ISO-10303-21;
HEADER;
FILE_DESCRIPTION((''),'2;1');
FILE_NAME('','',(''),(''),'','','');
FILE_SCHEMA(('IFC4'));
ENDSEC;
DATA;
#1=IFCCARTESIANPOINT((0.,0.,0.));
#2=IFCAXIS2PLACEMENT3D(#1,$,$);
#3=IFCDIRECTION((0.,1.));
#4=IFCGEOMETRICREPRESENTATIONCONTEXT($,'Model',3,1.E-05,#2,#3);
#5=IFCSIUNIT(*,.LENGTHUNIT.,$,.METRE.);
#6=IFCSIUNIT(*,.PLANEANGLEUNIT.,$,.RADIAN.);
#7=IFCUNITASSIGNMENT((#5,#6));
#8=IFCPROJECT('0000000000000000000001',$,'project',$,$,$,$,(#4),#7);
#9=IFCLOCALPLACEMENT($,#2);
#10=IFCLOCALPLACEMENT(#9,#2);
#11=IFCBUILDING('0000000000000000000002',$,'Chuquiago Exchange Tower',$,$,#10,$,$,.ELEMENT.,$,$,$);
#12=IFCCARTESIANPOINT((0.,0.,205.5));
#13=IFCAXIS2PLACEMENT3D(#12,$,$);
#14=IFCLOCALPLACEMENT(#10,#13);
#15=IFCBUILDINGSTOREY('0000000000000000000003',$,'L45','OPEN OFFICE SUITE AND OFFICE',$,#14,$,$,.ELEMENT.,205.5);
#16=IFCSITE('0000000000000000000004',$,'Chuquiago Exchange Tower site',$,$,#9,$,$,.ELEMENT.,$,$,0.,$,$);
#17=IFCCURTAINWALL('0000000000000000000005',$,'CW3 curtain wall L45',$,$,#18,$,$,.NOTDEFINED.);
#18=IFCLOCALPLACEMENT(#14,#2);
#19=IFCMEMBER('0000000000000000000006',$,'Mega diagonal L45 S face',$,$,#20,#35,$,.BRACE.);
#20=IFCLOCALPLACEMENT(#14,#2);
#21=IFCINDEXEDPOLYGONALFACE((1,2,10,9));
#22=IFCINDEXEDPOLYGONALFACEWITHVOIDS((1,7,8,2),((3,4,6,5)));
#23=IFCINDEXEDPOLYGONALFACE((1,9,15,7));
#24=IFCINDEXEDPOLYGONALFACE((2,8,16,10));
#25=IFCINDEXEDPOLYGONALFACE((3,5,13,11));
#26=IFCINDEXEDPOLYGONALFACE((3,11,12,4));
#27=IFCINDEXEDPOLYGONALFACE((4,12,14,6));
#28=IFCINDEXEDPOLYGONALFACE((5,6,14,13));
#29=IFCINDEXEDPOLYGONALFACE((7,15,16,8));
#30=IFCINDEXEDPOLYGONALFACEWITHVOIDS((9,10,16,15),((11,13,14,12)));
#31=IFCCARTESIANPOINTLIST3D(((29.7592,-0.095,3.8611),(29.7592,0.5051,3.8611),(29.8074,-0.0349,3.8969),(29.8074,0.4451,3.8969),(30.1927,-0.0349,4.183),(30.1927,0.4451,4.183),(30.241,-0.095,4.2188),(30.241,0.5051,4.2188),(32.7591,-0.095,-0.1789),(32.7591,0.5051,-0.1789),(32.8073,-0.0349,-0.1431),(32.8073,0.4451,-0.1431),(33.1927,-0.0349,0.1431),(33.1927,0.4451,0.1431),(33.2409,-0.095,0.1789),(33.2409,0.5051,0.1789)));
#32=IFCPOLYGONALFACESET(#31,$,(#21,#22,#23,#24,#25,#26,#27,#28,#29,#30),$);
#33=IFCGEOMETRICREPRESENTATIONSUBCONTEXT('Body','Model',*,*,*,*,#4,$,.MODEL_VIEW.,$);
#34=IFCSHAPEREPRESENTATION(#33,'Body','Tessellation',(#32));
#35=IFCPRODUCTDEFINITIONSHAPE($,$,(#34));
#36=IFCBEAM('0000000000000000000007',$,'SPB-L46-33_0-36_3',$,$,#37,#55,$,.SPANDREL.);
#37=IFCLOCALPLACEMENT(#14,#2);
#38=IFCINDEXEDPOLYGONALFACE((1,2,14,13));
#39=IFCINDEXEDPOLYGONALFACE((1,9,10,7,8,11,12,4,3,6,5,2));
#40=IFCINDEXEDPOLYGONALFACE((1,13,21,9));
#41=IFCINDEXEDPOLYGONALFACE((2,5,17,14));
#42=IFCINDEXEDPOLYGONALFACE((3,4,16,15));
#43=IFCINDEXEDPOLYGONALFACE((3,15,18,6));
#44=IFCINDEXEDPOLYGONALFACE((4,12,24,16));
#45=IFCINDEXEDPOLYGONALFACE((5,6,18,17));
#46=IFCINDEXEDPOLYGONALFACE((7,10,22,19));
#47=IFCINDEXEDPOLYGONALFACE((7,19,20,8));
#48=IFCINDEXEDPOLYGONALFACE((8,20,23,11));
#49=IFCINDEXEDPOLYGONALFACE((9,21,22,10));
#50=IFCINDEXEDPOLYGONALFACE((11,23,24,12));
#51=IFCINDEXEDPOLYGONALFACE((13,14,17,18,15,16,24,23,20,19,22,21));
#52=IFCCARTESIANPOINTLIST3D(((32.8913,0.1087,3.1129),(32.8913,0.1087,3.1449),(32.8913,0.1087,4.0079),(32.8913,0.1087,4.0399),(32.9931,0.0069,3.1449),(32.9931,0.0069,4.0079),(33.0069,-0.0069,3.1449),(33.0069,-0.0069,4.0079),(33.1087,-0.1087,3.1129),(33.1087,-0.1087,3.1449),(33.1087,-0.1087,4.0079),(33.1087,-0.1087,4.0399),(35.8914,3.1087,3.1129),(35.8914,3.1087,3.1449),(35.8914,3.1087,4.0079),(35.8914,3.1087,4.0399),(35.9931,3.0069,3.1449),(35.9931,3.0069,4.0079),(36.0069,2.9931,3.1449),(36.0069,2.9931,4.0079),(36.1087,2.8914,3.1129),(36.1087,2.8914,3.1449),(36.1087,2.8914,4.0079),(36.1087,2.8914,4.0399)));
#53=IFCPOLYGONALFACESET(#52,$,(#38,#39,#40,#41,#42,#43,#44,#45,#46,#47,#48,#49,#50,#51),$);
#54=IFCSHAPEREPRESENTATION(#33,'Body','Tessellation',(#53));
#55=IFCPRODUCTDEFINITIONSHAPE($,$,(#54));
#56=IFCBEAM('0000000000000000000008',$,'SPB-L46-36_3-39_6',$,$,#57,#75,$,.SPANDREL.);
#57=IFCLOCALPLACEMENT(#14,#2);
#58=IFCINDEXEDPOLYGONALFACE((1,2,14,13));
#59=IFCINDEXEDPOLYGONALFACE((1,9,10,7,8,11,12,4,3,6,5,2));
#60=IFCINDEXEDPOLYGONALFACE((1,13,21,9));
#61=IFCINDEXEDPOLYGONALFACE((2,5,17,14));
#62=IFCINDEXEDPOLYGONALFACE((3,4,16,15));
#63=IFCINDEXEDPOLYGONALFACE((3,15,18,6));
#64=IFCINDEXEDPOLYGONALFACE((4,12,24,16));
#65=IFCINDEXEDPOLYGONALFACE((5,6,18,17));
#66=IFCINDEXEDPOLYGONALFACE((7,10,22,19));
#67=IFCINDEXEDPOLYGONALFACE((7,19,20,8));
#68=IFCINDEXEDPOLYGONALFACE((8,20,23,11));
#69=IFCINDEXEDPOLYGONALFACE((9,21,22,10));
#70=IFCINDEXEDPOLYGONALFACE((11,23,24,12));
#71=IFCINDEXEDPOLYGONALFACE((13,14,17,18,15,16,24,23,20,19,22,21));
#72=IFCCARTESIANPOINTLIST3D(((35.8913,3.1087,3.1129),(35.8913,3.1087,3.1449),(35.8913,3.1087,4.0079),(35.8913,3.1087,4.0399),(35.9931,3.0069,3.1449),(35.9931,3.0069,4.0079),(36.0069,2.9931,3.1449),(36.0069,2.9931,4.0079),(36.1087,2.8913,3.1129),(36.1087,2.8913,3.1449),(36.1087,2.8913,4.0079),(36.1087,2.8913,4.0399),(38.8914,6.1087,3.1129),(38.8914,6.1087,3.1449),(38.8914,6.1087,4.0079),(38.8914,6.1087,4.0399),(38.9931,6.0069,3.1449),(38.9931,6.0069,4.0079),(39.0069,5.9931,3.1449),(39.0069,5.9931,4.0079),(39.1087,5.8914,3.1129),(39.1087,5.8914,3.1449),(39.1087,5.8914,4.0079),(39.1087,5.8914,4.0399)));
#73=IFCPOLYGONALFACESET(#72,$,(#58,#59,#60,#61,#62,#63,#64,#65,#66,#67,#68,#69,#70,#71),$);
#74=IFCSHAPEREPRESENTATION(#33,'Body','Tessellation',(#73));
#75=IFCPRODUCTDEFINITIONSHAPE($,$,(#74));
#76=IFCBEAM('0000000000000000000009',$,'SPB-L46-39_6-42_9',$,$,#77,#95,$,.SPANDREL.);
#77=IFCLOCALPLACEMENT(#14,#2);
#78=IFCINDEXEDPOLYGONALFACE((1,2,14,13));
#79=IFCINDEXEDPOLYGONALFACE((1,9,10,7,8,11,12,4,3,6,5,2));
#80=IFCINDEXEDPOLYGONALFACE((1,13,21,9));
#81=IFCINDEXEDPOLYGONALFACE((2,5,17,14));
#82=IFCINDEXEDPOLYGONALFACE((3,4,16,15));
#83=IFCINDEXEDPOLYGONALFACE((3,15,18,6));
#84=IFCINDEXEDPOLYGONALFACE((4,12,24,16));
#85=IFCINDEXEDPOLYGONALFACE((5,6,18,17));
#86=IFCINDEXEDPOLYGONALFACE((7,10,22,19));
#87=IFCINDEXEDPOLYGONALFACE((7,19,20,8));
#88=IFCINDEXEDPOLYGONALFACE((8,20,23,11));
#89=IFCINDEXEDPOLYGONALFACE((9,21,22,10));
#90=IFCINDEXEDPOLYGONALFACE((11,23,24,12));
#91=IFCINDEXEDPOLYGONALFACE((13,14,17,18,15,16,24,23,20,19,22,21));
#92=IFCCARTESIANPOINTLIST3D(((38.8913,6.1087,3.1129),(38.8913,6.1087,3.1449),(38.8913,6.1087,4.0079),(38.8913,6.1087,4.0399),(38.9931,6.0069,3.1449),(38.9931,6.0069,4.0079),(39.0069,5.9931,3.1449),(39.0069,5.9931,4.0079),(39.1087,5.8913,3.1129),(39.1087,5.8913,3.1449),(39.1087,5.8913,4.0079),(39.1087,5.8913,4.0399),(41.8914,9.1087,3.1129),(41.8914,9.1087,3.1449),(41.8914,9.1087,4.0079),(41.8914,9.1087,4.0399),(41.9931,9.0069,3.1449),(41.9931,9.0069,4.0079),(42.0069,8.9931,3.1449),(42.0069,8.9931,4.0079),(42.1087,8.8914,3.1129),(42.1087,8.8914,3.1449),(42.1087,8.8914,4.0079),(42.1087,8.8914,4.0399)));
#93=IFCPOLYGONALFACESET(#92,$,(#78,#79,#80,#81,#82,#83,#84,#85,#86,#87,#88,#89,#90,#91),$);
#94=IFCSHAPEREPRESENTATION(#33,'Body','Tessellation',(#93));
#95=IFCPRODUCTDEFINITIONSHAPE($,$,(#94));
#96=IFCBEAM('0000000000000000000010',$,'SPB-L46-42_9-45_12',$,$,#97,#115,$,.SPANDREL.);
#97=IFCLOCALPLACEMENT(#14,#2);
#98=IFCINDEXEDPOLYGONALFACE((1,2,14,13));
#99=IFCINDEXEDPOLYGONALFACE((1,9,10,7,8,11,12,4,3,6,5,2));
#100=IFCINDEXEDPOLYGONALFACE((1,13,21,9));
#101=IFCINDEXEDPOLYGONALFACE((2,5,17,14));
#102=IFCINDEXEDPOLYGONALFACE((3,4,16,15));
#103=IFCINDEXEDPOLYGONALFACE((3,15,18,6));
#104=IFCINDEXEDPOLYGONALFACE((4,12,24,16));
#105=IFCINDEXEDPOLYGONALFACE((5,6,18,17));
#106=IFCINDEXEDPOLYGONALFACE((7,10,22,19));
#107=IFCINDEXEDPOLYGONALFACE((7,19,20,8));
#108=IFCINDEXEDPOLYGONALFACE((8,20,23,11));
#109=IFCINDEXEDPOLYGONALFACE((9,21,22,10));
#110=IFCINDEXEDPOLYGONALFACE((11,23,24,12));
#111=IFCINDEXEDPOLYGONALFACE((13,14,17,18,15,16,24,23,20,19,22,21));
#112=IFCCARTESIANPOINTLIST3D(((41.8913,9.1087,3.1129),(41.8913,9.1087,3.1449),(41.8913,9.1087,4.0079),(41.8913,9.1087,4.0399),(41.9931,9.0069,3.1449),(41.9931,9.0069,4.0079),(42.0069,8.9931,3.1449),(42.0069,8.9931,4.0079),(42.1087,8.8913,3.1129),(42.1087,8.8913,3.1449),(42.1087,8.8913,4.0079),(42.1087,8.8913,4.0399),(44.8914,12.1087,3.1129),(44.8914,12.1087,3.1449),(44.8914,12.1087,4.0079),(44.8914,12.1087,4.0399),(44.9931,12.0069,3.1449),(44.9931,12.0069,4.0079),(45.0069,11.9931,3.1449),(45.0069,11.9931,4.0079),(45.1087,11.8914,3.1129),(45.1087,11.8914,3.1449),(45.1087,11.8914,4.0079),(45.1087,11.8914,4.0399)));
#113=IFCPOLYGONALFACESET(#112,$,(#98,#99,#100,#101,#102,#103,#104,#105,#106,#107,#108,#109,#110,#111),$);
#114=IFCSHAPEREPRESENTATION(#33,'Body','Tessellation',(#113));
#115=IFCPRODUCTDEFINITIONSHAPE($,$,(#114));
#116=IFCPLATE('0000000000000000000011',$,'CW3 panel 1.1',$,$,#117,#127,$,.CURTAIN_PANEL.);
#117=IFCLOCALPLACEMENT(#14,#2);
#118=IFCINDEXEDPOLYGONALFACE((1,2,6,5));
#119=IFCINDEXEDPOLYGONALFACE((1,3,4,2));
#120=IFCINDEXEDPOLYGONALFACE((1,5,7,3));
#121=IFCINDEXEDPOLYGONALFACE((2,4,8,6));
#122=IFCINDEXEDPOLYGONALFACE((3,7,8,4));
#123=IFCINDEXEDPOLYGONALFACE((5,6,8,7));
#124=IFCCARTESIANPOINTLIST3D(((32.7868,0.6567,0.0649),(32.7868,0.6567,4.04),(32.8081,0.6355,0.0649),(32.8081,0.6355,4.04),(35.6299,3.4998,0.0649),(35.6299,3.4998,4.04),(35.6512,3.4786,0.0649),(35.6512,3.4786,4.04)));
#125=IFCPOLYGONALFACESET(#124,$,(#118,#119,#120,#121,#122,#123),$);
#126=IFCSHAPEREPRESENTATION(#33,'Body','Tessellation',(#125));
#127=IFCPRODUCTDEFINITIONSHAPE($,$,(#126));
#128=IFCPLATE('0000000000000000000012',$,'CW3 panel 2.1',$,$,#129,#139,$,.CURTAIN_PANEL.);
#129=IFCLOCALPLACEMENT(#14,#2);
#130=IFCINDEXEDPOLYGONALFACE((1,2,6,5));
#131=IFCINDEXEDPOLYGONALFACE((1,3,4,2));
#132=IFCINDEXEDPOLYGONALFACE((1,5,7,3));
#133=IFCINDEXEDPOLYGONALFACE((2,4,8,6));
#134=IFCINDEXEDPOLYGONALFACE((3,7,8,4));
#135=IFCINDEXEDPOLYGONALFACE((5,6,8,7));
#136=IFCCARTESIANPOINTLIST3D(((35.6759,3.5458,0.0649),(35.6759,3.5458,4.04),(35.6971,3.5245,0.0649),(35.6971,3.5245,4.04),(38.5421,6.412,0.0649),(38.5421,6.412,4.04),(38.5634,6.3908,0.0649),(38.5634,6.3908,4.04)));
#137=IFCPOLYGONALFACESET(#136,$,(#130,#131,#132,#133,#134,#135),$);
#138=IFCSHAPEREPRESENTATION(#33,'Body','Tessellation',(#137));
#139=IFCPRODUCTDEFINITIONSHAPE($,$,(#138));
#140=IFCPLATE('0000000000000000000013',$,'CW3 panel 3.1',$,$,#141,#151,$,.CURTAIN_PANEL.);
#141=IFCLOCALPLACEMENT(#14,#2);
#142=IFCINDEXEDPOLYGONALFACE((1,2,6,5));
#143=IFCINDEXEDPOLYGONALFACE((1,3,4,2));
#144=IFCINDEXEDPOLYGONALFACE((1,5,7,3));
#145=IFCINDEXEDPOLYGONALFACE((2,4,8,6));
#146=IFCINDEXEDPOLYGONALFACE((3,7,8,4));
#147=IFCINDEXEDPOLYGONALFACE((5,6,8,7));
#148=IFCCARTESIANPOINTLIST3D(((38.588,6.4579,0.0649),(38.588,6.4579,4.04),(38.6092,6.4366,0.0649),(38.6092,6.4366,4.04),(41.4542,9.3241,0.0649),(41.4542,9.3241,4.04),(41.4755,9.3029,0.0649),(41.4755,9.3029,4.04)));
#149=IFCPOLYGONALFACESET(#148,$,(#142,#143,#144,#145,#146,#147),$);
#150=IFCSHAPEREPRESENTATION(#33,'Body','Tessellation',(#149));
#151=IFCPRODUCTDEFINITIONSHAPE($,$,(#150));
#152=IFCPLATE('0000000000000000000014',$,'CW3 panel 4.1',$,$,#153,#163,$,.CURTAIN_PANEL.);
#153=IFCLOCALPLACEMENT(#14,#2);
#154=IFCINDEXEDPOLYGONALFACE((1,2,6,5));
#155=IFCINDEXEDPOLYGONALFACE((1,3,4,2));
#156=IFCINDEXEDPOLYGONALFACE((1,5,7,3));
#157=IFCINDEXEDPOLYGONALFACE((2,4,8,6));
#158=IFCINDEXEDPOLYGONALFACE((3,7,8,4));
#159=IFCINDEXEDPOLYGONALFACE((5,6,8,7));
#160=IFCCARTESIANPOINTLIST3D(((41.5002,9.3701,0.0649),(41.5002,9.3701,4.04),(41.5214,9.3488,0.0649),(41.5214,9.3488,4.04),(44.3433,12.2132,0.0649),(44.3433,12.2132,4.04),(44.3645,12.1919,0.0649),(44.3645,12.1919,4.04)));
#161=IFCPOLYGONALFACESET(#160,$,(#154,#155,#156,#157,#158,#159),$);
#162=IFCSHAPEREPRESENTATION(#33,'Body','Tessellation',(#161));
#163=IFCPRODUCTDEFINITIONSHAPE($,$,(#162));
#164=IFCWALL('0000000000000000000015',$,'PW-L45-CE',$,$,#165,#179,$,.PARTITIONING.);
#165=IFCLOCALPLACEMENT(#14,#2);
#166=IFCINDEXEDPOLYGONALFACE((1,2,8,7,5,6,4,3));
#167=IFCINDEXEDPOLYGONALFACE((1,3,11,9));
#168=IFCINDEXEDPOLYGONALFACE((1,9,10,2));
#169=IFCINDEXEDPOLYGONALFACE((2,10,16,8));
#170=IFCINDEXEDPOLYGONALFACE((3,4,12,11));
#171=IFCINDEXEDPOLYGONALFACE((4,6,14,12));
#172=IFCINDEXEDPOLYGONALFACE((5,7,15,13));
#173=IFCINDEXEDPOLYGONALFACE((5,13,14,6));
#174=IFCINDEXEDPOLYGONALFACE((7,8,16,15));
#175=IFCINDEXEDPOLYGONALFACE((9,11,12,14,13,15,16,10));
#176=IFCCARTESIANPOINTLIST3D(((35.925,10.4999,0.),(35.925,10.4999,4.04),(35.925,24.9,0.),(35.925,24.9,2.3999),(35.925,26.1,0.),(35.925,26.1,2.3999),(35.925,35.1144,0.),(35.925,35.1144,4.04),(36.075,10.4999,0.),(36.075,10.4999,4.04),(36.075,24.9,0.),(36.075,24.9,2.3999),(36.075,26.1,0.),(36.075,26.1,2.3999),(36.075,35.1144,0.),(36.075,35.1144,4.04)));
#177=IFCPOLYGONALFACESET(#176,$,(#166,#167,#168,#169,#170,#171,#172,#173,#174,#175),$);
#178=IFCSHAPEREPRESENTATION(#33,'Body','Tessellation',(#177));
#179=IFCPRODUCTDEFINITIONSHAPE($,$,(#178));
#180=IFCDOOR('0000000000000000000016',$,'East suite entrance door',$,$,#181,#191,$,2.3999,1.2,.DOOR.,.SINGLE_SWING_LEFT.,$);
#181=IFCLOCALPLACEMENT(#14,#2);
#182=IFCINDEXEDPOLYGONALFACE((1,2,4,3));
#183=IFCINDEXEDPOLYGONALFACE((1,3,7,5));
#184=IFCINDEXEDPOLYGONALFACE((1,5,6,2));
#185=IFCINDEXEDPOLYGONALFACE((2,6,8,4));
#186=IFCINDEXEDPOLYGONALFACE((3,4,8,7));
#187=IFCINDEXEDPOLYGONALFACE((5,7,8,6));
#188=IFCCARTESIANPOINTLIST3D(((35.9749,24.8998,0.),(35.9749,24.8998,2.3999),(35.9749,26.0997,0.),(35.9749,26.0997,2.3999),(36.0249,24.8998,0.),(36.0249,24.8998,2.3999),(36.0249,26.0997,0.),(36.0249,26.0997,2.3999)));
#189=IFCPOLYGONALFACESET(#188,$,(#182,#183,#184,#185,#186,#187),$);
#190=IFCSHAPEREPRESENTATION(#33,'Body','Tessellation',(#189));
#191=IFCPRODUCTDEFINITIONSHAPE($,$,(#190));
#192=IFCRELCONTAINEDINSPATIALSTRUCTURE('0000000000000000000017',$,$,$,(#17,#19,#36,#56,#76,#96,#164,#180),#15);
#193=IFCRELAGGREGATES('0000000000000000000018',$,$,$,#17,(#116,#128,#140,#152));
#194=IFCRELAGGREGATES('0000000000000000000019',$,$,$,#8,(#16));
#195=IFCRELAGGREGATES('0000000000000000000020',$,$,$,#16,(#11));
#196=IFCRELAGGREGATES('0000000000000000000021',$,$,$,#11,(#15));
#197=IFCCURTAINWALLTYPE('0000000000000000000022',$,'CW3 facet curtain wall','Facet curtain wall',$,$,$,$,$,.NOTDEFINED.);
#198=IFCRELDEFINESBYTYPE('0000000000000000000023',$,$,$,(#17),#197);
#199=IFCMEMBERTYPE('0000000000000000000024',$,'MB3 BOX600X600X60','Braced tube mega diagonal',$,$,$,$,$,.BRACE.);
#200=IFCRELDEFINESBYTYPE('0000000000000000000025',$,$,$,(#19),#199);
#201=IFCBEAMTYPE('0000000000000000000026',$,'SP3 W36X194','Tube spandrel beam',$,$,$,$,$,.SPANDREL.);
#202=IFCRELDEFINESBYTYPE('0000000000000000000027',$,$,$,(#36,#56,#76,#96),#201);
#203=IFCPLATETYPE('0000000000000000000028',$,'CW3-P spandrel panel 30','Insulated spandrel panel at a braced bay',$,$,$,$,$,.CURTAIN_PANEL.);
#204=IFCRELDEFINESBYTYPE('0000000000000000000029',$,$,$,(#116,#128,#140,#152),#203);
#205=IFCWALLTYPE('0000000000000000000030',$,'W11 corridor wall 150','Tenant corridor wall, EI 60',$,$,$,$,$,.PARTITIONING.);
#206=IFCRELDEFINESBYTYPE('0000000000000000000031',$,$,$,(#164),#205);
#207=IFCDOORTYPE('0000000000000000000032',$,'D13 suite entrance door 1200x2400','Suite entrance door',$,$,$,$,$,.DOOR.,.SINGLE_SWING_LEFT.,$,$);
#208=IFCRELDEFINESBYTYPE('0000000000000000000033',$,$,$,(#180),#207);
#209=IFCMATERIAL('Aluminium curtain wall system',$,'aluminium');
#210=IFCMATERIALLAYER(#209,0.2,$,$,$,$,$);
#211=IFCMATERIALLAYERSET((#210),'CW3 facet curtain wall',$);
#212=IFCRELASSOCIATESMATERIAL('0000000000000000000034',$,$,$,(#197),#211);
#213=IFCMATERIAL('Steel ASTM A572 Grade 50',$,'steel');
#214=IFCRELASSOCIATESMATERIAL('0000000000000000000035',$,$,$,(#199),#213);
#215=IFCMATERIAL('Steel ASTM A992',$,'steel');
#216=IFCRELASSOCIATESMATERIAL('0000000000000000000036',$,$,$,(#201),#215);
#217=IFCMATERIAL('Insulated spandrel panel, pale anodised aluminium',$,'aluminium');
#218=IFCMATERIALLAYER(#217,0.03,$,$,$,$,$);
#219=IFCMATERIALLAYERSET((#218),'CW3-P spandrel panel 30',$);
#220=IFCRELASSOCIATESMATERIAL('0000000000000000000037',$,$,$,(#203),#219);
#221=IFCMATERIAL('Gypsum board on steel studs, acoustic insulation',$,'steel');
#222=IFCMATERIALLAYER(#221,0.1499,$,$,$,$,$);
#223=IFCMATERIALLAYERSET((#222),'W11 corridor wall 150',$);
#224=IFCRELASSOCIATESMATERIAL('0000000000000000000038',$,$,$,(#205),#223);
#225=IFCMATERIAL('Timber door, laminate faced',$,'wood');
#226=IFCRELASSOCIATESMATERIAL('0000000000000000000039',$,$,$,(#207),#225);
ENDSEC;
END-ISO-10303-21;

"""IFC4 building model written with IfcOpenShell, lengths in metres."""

from ifc_helpers import new_model, si_unit, direction, frame, frame_2d, origin, origin_2d, place, context, subcontext, project, spatial, rectangle, hollow_rectangle, i_section, extrude, material, layer, layer_set, material_profile, profile_set, type_object, element, fill, aggregate, save


model = new_model("IFC4")

# Units and contexts
model_context = context("Model", 3, precision=1e-05, world=origin(), true_north=direction((0.0, 1.0)))
body_context = subcontext(model_context, "Body", "Model", "MODEL_VIEW")
ifc_project = project(units=[si_unit("LENGTHUNIT", "METRE"), si_unit("PLANEANGLEUNIT", "RADIAN")], contexts=[model_context])

# Site, building, storey
site_placement = place(None, origin())
site = spatial("IfcSite", under=ifc_project, at=site_placement, Name="Chuquiago Exchange Tower site", CompositionType="ELEMENT", RefElevation=0.0)
building_placement = place(site_placement, origin())
building = spatial("IfcBuilding", under=site, at=building_placement, Name="Chuquiago Exchange Tower", CompositionType="ELEMENT")
storey_placement = place(building_placement, frame((0.0, 0.0, 205.5)))
storey = spatial("IfcBuildingStorey", under=building, at=storey_placement, Name="L45", Description="OPEN OFFICE SUITE AND OFFICE", CompositionType="ELEMENT", Elevation=205.5)

# Curtain wall
ifc_material_1 = material(Name="Aluminium curtain wall system", Category="aluminium")
ifc_layer_1 = layer(ifc_material_1, 0.2)
ifc_layer_set_1 = layer_set([ifc_layer_1], Name="CW3 facet curtain wall")
curtain_wall_type = type_object("IfcCurtainWallType", Name="CW3 facet curtain wall", Description="Facet curtain wall", PredefinedType="NOTDEFINED", material=ifc_layer_set_1)
curtain_wall_placement = place(storey_placement, origin())
curtain_wall = element("IfcCurtainWall", 1, at=curtain_wall_placement, inside=storey, type_object=curtain_wall_type, Name="CW3 curtain wall L45", PredefinedType="NOTDEFINED")

# Member
ifc_material_2 = material(Name="Steel ASTM A572 Grade 50", Category="steel")
ifc_material_profile_1 = material_profile(ifc_material_2, hollow_rectangle(XDim=0.6001, YDim=0.6001, WallThickness=0.0601, at=origin_2d()), Name="BOX600X600X60")
ifc_profile_set_1 = profile_set([ifc_material_profile_1], Name="Steel ASTM A572 Grade 50")
member_type_1 = type_object("IfcMemberType", Name="MB3 BOX600X600X60", Description="Braced tube mega diagonal", PredefinedType="BRACE", material=ifc_profile_set_1)
member_1_placement = place(storey_placement, frame((33.0, 0.2051, 0.0), z_axis=(-0.596174, 0.0, 0.802855), x_axis=(0.0, -1.0, 0.0)))
element("IfcMember", 2, at=member_1_placement, inside=storey, type_object=member_type_1, Name="Mega diagonal L45 S face", PredefinedType="BRACE", context=body_context, shape_type="SweptSolid", body=[
    extrude(hollow_rectangle(XDim=0.6001, YDim=0.6001, WallThickness=0.0601, at=origin_2d()), origin(), (0.0, 0.0, 1.0), 5.032),
])

# Beams
ifc_material_3 = material(Name="Steel ASTM A992", Category="steel")
ifc_material_profile_2 = material_profile(ifc_material_3, i_section(OverallWidth=0.3074, OverallDepth=0.927, WebThickness=0.0195, FlangeThickness=0.032, at=origin_2d()), Name="W36X194")
ifc_profile_set_2 = profile_set([ifc_material_profile_2], Name="Steel ASTM A992")
beam_type_1 = type_object("IfcBeamType", Name="SP3 W36X194", Description="Tube spandrel beam", PredefinedType="SPANDREL", material=ifc_profile_set_2)
for number, where, z_axis, x_axis, name in (
    (3, (33.0, 0.0, 3.5764), (0.707107, 0.707107, 0.0), (-0.707107, 0.707107, 0.0), "SPB-L46-33_0-36_3"),
    (4, (36.0, 3.0, 3.5764), (0.707107, 0.707107, 0.0), (-0.707107, 0.707107, 0.0), "SPB-L46-36_3-39_6"),
    (5, (39.0, 6.0, 3.5764), (0.707107, 0.707107, 0.0), (-0.707107, 0.707107, 0.0), "SPB-L46-39_6-42_9"),
    (6, (42.0, 9.0, 3.5764), (0.707107, 0.707107, 0.0), (-0.707107, 0.707107, 0.0), "SPB-L46-42_9-45_12"),
):
    element("IfcBeam", number, at=place(storey_placement, frame(where, z_axis=z_axis, x_axis=x_axis)), inside=storey, type_object=beam_type_1, Name=name, PredefinedType="SPANDREL", context=body_context, shape_type="SweptSolid", body=[
        extrude(i_section(OverallWidth=0.3074, OverallDepth=0.927, WebThickness=0.0195, FlangeThickness=0.032, at=origin_2d()), origin(), (0.0, 0.0, 1.0), 4.2427),
    ])

# Plates
ifc_material_4 = material(Name="Insulated spandrel panel, pale anodised aluminium", Category="aluminium")
ifc_layer_2 = layer(ifc_material_4, 0.03)
ifc_layer_set_2 = layer_set([ifc_layer_2], Name="CW3-P spandrel panel 30")
plate_type = type_object("IfcPlateType", Name="CW3-P spandrel panel 30", Description="Insulated spandrel panel at a braced bay", PredefinedType="CURTAIN_PANEL", material=ifc_layer_set_2)
plate_1_placement = place(storey_placement, frame((34.219, 2.0676, 0.0649), z_axis=(0.0, 0.0, 1.0), x_axis=(0.707107, 0.707107, 0.0)))
plate_1 = element("IfcPlate", 7, at=plate_1_placement, type_object=plate_type, Name="CW3 panel 1.1", PredefinedType="CURTAIN_PANEL", context=body_context, shape_type="SweptSolid", body=[
    extrude(rectangle(XDim=4.0208, YDim=0.03, at=origin_2d()), origin(), (0.0, 0.0, 1.0), 3.9751),
])
plate_2_placement = place(storey_placement, frame((37.1196, 4.9683, 0.0649), z_axis=(0.0, 0.0, 1.0), x_axis=(0.707107, 0.707107, 0.0)))
plate_2 = element("IfcPlate", 8, at=plate_2_placement, type_object=plate_type, Name="CW3 panel 2.1", PredefinedType="CURTAIN_PANEL", context=body_context, shape_type="SweptSolid", body=[
    extrude(rectangle(XDim=4.0535, YDim=0.03, at=origin_2d()), origin(), (0.0, 0.0, 1.0), 3.9751),
])
plate_3_placement = place(storey_placement, frame((40.0317, 7.8804, 0.0649), z_axis=(0.0, 0.0, 1.0), x_axis=(0.707107, 0.707107, 0.0)))
plate_3 = element("IfcPlate", 9, at=plate_3_placement, type_object=plate_type, Name="CW3 panel 3.1", PredefinedType="CURTAIN_PANEL", context=body_context, shape_type="SweptSolid", body=[
    extrude(rectangle(XDim=4.0535, YDim=0.03, at=origin_2d()), origin(), (0.0, 0.0, 1.0), 3.9751),
])
plate_4_placement = place(storey_placement, frame((42.9324, 10.781, 0.0649), z_axis=(0.0, 0.0, 1.0), x_axis=(0.707107, 0.707107, 0.0)))
plate_4 = element("IfcPlate", 10, at=plate_4_placement, type_object=plate_type, Name="CW3 panel 4.1", PredefinedType="CURTAIN_PANEL", context=body_context, shape_type="SweptSolid", body=[
    extrude(rectangle(XDim=4.0208, YDim=0.03, at=origin_2d()), origin(), (0.0, 0.0, 1.0), 3.9751),
])
aggregate(curtain_wall, [plate_1, plate_2, plate_3, plate_4])

# Wall, opening, door
ifc_material_5 = material(Name="Gypsum board on steel studs, acoustic insulation", Category="steel")
ifc_layer_3 = layer(ifc_material_5, 0.1499)
ifc_layer_set_3 = layer_set([ifc_layer_3], Name="W11 corridor wall 150")
wall_type_1 = type_object("IfcWallType", Name="W11 corridor wall 150", Description="Tenant corridor wall, EI 60", PredefinedType="PARTITIONING", material=ifc_layer_set_3)
wall_1_placement = place(storey_placement, frame((36.0, 10.5, 0.0), z_axis=(0.0, 0.0, 1.0), x_axis=(0.0, 1.0, 0.0)))
wall_1 = element("IfcWall", 11, at=wall_1_placement, inside=storey, type_object=wall_type_1, Name="PW-L45-CE", PredefinedType="PARTITIONING", context=body_context, shape_type="SweptSolid", body=[
    extrude(rectangle(XDim=24.6145, YDim=0.1499, at=frame_2d((12.3071, 0.0))), origin(), (0.0, 0.0, 1.0), 4.04),
])
opening_placement = place(wall_1_placement, frame((14.3999, 0.0, 0.0)))
opening = element("IfcOpeningElement", 12, at=opening_placement, cuts=wall_1, PredefinedType="OPENING", context=body_context, shape_type="SweptSolid", body=[
    extrude(rectangle(XDim=1.2, YDim=2.3999, at=frame_2d((0.6001, 1.2))), frame((0.0, 0.085, 0.0), z_axis=(0.0, -1.0, 0.0), x_axis=(1.0, 0.0, 0.0)), (0.0, 0.0, 1.0), 0.1699),
])
ifc_material_6 = material(Name="Timber door, laminate faced", Category="wood")
door_type = type_object("IfcDoorType", Name="D13 suite entrance door 1200x2400", Description="Suite entrance door", OperationType="SINGLE_SWING_LEFT", PredefinedType="DOOR", material=ifc_material_6)
door_placement = place(opening_placement, frame((1.2, 0.0, 0.0), z_axis=(0.0, 0.0, 1.0), x_axis=(-1.0, 0.0, 0.0)))
door = element("IfcDoor", 13, at=door_placement, inside=storey, type_object=door_type, Name="East suite entrance door", OperationType="SINGLE_SWING_LEFT", OverallHeight=2.3999, OverallWidth=1.2, PredefinedType="DOOR", context=body_context, shape_type="SweptSolid", body=[
    extrude(rectangle(XDim=1.2, YDim=2.3999, at=frame_2d((0.6001, 1.2))), frame((0.0, 0.0249, 0.0), z_axis=(0.0, -1.0, 0.0), x_axis=(1.0, 0.0, 0.0)), (0.0, 0.0, 1.0), 0.05),
])
fill(opening, door)

save(model, "model.ifc")
